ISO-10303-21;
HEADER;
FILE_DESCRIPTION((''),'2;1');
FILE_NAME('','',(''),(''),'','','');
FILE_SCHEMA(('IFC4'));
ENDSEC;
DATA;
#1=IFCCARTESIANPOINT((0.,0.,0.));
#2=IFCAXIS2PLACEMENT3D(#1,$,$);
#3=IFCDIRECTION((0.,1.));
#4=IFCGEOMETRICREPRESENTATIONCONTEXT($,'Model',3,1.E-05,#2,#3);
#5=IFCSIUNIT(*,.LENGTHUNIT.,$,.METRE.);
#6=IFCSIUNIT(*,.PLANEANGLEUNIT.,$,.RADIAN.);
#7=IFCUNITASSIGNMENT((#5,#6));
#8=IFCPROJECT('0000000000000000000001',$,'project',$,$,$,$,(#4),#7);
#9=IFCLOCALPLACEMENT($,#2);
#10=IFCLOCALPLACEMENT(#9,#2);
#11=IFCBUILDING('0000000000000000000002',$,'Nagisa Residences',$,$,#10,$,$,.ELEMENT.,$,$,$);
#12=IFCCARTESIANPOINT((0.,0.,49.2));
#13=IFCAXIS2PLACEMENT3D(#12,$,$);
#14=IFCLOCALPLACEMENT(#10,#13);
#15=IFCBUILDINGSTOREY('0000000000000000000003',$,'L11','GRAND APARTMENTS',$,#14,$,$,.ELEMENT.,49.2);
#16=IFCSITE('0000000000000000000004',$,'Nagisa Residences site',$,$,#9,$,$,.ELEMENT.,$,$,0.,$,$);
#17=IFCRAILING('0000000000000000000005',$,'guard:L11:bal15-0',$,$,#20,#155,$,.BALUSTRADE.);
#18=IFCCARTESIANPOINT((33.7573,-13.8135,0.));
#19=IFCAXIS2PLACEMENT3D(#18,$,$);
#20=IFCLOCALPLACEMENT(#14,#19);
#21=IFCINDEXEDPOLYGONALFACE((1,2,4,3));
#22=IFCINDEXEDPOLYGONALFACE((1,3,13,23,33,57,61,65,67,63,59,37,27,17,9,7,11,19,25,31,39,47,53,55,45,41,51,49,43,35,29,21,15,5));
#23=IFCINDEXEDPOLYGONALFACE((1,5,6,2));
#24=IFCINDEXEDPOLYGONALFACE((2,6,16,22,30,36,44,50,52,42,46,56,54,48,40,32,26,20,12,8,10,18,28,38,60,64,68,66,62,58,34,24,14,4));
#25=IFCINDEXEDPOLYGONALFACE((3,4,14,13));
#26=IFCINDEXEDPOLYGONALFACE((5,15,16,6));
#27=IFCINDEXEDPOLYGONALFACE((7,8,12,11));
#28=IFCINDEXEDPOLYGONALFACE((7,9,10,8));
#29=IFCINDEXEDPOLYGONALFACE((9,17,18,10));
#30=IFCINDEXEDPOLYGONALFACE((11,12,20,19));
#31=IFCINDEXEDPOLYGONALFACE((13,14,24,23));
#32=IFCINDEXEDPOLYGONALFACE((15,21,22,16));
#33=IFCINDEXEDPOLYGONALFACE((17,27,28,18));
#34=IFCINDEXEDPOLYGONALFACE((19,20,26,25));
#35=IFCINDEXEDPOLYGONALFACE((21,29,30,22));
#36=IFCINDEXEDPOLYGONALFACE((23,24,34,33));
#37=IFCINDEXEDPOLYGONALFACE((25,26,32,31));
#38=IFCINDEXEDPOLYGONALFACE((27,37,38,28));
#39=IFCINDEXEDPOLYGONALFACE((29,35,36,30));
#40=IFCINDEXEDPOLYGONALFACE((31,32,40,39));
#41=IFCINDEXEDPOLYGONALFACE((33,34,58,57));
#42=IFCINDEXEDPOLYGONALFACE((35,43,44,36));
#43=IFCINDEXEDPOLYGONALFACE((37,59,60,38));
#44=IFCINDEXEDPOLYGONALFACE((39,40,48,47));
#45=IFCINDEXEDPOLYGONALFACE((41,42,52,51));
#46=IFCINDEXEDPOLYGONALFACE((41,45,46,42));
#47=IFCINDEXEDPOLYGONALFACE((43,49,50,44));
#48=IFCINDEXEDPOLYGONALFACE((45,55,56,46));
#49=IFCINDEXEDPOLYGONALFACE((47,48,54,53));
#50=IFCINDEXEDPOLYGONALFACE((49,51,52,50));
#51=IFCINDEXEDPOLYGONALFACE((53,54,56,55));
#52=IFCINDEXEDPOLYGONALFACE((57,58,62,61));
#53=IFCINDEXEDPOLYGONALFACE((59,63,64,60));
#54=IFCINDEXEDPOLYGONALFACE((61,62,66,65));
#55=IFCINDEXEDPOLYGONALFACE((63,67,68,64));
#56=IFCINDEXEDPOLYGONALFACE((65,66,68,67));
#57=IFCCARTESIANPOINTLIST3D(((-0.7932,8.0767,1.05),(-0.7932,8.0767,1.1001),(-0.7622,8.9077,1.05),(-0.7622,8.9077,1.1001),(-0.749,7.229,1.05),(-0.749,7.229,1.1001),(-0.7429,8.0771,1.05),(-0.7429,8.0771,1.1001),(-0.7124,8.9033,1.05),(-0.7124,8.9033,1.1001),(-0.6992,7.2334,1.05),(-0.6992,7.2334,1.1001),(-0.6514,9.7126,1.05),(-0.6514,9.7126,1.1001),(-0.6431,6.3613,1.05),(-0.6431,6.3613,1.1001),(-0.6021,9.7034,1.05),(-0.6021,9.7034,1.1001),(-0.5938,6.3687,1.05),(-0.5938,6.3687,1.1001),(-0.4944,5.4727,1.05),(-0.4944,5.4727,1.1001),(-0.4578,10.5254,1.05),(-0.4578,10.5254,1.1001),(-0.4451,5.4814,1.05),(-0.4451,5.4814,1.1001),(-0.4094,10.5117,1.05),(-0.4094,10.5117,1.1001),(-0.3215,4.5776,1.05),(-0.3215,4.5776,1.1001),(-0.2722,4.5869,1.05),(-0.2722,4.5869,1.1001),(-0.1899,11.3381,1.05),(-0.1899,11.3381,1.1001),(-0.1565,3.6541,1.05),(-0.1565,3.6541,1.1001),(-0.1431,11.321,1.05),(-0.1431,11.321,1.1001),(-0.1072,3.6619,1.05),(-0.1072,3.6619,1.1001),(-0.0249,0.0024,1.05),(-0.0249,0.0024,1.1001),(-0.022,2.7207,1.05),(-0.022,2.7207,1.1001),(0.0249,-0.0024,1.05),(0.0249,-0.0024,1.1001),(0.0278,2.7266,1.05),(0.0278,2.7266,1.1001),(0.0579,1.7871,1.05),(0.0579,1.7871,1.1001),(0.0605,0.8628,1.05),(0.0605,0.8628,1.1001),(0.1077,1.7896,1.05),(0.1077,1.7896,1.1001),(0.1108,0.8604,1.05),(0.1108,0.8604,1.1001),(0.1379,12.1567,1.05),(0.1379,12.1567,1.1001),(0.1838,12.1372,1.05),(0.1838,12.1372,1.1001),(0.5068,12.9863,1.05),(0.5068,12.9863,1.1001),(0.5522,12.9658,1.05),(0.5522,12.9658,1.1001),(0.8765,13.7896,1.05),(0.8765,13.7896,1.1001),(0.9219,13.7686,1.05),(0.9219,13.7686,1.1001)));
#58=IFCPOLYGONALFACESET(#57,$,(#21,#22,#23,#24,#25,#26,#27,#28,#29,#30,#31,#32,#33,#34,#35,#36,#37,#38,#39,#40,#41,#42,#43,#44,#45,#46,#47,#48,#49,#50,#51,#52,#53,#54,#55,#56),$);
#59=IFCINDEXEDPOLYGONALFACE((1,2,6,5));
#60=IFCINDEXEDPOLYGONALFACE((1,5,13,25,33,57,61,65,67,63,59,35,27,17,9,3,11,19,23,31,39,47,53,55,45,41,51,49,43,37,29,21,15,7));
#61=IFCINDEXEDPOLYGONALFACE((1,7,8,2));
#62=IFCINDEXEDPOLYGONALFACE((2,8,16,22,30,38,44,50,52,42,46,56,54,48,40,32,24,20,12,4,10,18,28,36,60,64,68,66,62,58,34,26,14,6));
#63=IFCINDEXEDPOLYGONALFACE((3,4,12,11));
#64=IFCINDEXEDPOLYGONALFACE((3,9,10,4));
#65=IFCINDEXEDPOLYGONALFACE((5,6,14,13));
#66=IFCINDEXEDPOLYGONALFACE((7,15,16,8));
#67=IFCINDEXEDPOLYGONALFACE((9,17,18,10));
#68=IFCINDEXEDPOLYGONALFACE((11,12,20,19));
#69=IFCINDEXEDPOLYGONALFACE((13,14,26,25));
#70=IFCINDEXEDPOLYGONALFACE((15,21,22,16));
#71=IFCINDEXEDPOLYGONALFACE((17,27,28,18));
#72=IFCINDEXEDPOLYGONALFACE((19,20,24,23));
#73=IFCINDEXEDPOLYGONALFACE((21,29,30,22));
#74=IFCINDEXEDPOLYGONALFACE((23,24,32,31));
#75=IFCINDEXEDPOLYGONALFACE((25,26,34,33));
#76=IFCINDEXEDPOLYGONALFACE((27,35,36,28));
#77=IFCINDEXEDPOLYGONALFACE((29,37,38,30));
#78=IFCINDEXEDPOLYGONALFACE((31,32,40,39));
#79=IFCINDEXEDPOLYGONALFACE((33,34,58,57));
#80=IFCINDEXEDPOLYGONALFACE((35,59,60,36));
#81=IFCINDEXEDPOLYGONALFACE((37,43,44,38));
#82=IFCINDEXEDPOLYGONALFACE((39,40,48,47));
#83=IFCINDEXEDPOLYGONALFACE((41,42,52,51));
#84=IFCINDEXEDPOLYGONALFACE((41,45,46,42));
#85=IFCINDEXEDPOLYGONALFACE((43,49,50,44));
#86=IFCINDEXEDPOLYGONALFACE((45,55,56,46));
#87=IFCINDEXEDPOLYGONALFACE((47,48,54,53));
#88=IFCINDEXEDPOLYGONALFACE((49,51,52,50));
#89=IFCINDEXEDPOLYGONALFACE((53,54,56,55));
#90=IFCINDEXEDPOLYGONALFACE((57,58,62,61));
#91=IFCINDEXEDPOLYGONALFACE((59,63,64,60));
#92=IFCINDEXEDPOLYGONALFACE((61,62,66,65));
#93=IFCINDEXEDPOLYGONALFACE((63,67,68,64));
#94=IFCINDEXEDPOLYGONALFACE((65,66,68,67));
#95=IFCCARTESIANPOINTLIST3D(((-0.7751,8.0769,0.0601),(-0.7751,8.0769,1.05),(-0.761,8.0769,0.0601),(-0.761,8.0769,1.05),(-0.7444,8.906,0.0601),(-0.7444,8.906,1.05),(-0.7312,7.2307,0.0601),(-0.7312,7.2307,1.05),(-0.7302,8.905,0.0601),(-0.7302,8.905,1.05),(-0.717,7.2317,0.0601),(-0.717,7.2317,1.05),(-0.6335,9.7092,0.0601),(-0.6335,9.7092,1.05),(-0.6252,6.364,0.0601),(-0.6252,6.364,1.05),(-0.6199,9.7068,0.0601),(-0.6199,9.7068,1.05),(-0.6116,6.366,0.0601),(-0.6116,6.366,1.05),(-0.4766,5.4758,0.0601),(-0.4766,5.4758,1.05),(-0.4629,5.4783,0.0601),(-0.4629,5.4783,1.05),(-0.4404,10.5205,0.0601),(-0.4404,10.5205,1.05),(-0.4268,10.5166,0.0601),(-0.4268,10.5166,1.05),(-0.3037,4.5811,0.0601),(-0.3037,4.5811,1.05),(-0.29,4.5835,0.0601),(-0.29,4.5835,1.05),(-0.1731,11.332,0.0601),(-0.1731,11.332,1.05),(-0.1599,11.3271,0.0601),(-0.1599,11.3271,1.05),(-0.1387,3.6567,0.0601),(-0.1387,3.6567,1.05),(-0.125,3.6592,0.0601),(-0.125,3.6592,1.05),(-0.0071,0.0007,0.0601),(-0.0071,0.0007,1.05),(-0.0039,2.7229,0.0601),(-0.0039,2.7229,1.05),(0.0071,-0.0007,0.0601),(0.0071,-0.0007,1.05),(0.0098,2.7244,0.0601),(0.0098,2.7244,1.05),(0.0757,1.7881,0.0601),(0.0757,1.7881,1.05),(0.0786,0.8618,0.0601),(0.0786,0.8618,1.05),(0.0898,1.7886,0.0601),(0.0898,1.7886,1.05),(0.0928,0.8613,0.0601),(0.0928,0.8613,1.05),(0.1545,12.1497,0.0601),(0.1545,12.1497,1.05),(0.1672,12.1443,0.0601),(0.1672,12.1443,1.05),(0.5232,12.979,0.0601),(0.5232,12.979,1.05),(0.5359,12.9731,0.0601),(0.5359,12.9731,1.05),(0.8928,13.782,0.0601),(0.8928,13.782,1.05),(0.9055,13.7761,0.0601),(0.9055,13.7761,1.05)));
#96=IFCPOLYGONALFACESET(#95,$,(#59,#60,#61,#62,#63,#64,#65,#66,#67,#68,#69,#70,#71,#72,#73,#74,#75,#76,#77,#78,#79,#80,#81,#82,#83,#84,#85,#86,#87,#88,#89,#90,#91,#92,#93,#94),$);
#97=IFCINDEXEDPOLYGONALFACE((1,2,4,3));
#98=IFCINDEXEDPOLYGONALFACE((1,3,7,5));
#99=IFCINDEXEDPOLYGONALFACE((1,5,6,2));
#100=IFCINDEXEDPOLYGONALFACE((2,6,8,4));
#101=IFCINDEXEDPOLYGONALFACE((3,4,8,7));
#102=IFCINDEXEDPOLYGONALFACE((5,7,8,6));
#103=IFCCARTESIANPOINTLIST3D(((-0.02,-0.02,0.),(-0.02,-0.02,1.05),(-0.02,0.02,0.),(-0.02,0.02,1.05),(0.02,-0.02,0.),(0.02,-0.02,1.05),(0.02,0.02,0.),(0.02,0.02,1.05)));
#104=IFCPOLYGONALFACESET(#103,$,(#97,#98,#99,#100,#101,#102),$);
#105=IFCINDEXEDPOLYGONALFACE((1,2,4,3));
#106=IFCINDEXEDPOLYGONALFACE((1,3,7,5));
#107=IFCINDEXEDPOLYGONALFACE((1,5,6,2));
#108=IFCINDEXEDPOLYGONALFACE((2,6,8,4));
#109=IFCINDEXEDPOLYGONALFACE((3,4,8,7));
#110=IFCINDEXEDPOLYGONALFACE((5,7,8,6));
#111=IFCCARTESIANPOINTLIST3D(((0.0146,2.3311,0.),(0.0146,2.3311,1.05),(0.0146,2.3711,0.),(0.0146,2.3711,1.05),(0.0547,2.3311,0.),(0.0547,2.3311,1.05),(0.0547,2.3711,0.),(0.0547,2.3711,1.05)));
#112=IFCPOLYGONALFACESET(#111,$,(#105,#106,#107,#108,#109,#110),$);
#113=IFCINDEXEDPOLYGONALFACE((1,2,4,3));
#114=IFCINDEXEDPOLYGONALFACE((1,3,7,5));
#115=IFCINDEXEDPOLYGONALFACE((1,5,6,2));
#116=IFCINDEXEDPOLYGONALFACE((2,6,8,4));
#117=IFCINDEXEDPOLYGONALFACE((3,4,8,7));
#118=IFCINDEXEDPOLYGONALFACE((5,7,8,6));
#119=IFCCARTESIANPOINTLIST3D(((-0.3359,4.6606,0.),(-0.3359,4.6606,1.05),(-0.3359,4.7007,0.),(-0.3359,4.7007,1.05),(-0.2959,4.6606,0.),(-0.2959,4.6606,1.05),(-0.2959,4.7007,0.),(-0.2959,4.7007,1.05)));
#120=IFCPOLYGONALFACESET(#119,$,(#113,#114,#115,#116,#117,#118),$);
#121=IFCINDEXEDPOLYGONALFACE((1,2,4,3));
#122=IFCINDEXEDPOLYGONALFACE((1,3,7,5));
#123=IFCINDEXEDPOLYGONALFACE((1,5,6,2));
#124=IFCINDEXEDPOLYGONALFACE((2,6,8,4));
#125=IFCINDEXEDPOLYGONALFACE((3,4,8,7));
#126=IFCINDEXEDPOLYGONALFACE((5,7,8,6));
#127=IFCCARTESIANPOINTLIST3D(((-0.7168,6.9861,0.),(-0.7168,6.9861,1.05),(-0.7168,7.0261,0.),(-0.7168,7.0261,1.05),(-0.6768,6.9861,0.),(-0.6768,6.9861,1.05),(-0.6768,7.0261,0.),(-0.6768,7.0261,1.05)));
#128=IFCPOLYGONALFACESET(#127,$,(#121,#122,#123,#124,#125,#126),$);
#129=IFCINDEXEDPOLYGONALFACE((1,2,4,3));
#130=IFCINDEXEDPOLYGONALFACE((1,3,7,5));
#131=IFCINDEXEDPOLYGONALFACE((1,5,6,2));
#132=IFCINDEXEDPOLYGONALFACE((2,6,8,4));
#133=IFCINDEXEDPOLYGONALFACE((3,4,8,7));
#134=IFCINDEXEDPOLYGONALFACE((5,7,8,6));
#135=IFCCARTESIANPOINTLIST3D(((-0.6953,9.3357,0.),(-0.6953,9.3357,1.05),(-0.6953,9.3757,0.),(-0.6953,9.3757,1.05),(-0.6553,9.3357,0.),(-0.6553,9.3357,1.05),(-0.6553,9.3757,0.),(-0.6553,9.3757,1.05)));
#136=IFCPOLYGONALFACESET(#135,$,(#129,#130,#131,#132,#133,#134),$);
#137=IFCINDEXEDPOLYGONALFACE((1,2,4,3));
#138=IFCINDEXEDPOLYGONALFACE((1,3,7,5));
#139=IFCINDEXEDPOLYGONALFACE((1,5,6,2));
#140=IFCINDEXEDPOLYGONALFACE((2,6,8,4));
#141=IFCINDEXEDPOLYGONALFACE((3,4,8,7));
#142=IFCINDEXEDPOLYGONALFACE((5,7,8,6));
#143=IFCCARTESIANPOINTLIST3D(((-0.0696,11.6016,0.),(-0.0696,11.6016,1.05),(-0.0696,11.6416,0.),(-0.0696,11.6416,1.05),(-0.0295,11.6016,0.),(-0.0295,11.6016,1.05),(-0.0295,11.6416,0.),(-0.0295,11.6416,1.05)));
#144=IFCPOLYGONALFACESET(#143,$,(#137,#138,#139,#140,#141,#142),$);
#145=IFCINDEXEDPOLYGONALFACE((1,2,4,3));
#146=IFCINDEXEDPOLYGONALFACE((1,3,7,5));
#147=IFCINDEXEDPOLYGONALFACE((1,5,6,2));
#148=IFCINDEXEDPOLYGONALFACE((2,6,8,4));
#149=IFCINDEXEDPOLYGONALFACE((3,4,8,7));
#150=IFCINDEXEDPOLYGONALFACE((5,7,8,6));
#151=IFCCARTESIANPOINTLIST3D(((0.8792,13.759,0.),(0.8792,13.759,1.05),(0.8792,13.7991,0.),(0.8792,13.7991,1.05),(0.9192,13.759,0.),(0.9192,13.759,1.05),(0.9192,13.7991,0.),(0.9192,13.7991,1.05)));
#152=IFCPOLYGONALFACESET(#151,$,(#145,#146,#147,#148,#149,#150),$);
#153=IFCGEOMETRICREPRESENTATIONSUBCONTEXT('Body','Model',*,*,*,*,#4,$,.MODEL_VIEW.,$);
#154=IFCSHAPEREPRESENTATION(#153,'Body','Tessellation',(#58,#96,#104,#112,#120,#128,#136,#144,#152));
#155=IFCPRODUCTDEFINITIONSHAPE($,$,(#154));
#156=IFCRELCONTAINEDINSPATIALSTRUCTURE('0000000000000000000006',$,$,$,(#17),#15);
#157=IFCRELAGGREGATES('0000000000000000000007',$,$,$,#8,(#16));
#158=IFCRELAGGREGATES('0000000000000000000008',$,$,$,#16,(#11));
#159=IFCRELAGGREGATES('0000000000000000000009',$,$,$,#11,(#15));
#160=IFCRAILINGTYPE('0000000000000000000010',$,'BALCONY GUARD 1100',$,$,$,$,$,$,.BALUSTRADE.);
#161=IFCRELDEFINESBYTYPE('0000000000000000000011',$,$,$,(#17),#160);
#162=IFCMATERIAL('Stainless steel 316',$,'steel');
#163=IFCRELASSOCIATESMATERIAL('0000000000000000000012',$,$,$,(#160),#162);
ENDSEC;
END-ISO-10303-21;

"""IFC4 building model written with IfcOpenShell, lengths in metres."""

from ifc_helpers import new_model, si_unit, direction, frame, origin, origin_2d, place, context, subcontext, project, spatial, polyline, rectangle, outline, extrude, material, type_object, element, save


model = new_model("IFC4")

# Units and contexts
model_context = context("Model", 3, precision=1e-05, world=origin(), true_north=direction((0.0, 1.0)))
body_context = subcontext(model_context, "Body", "Model", "MODEL_VIEW")
ifc_project = project(units=[si_unit("LENGTHUNIT", "METRE"), si_unit("PLANEANGLEUNIT", "RADIAN")], contexts=[model_context])

# Site, building, storey
site_placement = place(None, origin())
site = spatial("IfcSite", under=ifc_project, at=site_placement, Name="Nagisa Residences site", CompositionType="ELEMENT", RefElevation=0.0)
building_placement = place(site_placement, origin())
building = spatial("IfcBuilding", under=site, at=building_placement, Name="Nagisa Residences", CompositionType="ELEMENT")
storey_placement = place(building_placement, frame((0.0, 0.0, 49.2)))
storey = spatial("IfcBuildingStorey", under=building, at=storey_placement, Name="L11", Description="GRAND APARTMENTS", CompositionType="ELEMENT", Elevation=49.2)

# Railing
ifc_material_1 = material(Name="Stainless steel 316", Category="steel")
railing_type = type_object("IfcRailingType", Name="BALCONY GUARD 1100", PredefinedType="BALUSTRADE", material=ifc_material_1)
railing_placement = place(storey_placement, frame((33.7573, -13.8135, 0.0)))
element("IfcRailing", 1, at=railing_placement, inside=storey, type_object=railing_type, Name="guard:L11:bal15-0", PredefinedType="BALUSTRADE", context=body_context, shape_type="SweptSolid", body=[
    extrude(outline(polyline([(0.0605, 0.8628), (-0.0249, 0.0024), (0.0249, -0.0024), (0.1108, 0.8604), (0.1077, 1.7896), (0.0278, 2.7266), (-0.1072, 3.6619), (-0.2722, 4.5869), (-0.4451, 5.4814), (-0.5938, 6.3687), (-0.6992, 7.2334), (-0.7429, 8.0771), (-0.7124, 8.9033), (-0.6021, 9.7034), (-0.4094, 10.5117), (-0.1431, 11.321), (0.1838, 12.1372), (0.5522, 12.9658), (0.9219, 13.7686), (0.8765, 13.7896), (0.5068, 12.9863), (0.1379, 12.1567), (-0.1899, 11.3381), (-0.4578, 10.5254), (-0.6514, 9.7126), (-0.7622, 8.9077), (-0.7932, 8.0767), (-0.749, 7.229), (-0.6431, 6.3613), (-0.4944, 5.4727), (-0.3215, 4.5776), (-0.1565, 3.6541), (-0.022, 2.7207), (0.0579, 1.7871), (0.0605, 0.8628)])), frame((0.0, 0.0, 1.05)), (0.0, 0.0, 1.0), 0.05),
    extrude(outline(polyline([(0.0786, 0.8618), (-0.0071, 0.0007), (0.0071, -0.0007), (0.0928, 0.8613), (0.0898, 1.7886), (0.0098, 2.7244), (-0.125, 3.6592), (-0.29, 4.5835), (-0.4629, 5.4783), (-0.6116, 6.366), (-0.717, 7.2317), (-0.761, 8.0769), (-0.7302, 8.905), (-0.6199, 9.7068), (-0.4268, 10.5166), (-0.1599, 11.3271), (0.1672, 12.1443), (0.5359, 12.9731), (0.9055, 13.7761), (0.8928, 13.782), (0.5232, 12.979), (0.1545, 12.1497), (-0.1731, 11.332), (-0.4404, 10.5205), (-0.6335, 9.7092), (-0.7444, 8.906), (-0.7751, 8.0769), (-0.7312, 7.2307), (-0.6252, 6.364), (-0.4766, 5.4758), (-0.3037, 4.5811), (-0.1387, 3.6567), (-0.0039, 2.7229), (0.0757, 1.7881), (0.0786, 0.8618)])), frame((0.0, 0.0, 0.0601)), (0.0, 0.0, 1.0), 0.99),
    extrude(rectangle(XDim=0.04, YDim=0.04, at=origin_2d()), origin(), (0.0, 0.0, 1.0), 1.05),
    extrude(rectangle(XDim=0.04, YDim=0.04, at=origin_2d()), frame((0.0347, 2.3511, 0.0)), (0.0, 0.0, 1.0), 1.05),
    extrude(rectangle(XDim=0.04, YDim=0.04, at=origin_2d()), frame((-0.3159, 4.6807, 0.0)), (0.0, 0.0, 1.0), 1.05),
    extrude(rectangle(XDim=0.04, YDim=0.04, at=origin_2d()), frame((-0.6968, 7.0061, 0.0)), (0.0, 0.0, 1.0), 1.05),
    extrude(rectangle(XDim=0.04, YDim=0.04, at=origin_2d()), frame((-0.6753, 9.3557, 0.0)), (0.0, 0.0, 1.0), 1.05),
    extrude(rectangle(XDim=0.04, YDim=0.04, at=origin_2d()), frame((-0.0496, 11.6216, 0.0)), (0.0, 0.0, 1.0), 1.05),
    extrude(rectangle(XDim=0.04, YDim=0.04, at=origin_2d()), frame((0.8992, 13.7791, 0.0)), (0.0, 0.0, 1.0), 1.05),
])

save(model, "model.ifc")
